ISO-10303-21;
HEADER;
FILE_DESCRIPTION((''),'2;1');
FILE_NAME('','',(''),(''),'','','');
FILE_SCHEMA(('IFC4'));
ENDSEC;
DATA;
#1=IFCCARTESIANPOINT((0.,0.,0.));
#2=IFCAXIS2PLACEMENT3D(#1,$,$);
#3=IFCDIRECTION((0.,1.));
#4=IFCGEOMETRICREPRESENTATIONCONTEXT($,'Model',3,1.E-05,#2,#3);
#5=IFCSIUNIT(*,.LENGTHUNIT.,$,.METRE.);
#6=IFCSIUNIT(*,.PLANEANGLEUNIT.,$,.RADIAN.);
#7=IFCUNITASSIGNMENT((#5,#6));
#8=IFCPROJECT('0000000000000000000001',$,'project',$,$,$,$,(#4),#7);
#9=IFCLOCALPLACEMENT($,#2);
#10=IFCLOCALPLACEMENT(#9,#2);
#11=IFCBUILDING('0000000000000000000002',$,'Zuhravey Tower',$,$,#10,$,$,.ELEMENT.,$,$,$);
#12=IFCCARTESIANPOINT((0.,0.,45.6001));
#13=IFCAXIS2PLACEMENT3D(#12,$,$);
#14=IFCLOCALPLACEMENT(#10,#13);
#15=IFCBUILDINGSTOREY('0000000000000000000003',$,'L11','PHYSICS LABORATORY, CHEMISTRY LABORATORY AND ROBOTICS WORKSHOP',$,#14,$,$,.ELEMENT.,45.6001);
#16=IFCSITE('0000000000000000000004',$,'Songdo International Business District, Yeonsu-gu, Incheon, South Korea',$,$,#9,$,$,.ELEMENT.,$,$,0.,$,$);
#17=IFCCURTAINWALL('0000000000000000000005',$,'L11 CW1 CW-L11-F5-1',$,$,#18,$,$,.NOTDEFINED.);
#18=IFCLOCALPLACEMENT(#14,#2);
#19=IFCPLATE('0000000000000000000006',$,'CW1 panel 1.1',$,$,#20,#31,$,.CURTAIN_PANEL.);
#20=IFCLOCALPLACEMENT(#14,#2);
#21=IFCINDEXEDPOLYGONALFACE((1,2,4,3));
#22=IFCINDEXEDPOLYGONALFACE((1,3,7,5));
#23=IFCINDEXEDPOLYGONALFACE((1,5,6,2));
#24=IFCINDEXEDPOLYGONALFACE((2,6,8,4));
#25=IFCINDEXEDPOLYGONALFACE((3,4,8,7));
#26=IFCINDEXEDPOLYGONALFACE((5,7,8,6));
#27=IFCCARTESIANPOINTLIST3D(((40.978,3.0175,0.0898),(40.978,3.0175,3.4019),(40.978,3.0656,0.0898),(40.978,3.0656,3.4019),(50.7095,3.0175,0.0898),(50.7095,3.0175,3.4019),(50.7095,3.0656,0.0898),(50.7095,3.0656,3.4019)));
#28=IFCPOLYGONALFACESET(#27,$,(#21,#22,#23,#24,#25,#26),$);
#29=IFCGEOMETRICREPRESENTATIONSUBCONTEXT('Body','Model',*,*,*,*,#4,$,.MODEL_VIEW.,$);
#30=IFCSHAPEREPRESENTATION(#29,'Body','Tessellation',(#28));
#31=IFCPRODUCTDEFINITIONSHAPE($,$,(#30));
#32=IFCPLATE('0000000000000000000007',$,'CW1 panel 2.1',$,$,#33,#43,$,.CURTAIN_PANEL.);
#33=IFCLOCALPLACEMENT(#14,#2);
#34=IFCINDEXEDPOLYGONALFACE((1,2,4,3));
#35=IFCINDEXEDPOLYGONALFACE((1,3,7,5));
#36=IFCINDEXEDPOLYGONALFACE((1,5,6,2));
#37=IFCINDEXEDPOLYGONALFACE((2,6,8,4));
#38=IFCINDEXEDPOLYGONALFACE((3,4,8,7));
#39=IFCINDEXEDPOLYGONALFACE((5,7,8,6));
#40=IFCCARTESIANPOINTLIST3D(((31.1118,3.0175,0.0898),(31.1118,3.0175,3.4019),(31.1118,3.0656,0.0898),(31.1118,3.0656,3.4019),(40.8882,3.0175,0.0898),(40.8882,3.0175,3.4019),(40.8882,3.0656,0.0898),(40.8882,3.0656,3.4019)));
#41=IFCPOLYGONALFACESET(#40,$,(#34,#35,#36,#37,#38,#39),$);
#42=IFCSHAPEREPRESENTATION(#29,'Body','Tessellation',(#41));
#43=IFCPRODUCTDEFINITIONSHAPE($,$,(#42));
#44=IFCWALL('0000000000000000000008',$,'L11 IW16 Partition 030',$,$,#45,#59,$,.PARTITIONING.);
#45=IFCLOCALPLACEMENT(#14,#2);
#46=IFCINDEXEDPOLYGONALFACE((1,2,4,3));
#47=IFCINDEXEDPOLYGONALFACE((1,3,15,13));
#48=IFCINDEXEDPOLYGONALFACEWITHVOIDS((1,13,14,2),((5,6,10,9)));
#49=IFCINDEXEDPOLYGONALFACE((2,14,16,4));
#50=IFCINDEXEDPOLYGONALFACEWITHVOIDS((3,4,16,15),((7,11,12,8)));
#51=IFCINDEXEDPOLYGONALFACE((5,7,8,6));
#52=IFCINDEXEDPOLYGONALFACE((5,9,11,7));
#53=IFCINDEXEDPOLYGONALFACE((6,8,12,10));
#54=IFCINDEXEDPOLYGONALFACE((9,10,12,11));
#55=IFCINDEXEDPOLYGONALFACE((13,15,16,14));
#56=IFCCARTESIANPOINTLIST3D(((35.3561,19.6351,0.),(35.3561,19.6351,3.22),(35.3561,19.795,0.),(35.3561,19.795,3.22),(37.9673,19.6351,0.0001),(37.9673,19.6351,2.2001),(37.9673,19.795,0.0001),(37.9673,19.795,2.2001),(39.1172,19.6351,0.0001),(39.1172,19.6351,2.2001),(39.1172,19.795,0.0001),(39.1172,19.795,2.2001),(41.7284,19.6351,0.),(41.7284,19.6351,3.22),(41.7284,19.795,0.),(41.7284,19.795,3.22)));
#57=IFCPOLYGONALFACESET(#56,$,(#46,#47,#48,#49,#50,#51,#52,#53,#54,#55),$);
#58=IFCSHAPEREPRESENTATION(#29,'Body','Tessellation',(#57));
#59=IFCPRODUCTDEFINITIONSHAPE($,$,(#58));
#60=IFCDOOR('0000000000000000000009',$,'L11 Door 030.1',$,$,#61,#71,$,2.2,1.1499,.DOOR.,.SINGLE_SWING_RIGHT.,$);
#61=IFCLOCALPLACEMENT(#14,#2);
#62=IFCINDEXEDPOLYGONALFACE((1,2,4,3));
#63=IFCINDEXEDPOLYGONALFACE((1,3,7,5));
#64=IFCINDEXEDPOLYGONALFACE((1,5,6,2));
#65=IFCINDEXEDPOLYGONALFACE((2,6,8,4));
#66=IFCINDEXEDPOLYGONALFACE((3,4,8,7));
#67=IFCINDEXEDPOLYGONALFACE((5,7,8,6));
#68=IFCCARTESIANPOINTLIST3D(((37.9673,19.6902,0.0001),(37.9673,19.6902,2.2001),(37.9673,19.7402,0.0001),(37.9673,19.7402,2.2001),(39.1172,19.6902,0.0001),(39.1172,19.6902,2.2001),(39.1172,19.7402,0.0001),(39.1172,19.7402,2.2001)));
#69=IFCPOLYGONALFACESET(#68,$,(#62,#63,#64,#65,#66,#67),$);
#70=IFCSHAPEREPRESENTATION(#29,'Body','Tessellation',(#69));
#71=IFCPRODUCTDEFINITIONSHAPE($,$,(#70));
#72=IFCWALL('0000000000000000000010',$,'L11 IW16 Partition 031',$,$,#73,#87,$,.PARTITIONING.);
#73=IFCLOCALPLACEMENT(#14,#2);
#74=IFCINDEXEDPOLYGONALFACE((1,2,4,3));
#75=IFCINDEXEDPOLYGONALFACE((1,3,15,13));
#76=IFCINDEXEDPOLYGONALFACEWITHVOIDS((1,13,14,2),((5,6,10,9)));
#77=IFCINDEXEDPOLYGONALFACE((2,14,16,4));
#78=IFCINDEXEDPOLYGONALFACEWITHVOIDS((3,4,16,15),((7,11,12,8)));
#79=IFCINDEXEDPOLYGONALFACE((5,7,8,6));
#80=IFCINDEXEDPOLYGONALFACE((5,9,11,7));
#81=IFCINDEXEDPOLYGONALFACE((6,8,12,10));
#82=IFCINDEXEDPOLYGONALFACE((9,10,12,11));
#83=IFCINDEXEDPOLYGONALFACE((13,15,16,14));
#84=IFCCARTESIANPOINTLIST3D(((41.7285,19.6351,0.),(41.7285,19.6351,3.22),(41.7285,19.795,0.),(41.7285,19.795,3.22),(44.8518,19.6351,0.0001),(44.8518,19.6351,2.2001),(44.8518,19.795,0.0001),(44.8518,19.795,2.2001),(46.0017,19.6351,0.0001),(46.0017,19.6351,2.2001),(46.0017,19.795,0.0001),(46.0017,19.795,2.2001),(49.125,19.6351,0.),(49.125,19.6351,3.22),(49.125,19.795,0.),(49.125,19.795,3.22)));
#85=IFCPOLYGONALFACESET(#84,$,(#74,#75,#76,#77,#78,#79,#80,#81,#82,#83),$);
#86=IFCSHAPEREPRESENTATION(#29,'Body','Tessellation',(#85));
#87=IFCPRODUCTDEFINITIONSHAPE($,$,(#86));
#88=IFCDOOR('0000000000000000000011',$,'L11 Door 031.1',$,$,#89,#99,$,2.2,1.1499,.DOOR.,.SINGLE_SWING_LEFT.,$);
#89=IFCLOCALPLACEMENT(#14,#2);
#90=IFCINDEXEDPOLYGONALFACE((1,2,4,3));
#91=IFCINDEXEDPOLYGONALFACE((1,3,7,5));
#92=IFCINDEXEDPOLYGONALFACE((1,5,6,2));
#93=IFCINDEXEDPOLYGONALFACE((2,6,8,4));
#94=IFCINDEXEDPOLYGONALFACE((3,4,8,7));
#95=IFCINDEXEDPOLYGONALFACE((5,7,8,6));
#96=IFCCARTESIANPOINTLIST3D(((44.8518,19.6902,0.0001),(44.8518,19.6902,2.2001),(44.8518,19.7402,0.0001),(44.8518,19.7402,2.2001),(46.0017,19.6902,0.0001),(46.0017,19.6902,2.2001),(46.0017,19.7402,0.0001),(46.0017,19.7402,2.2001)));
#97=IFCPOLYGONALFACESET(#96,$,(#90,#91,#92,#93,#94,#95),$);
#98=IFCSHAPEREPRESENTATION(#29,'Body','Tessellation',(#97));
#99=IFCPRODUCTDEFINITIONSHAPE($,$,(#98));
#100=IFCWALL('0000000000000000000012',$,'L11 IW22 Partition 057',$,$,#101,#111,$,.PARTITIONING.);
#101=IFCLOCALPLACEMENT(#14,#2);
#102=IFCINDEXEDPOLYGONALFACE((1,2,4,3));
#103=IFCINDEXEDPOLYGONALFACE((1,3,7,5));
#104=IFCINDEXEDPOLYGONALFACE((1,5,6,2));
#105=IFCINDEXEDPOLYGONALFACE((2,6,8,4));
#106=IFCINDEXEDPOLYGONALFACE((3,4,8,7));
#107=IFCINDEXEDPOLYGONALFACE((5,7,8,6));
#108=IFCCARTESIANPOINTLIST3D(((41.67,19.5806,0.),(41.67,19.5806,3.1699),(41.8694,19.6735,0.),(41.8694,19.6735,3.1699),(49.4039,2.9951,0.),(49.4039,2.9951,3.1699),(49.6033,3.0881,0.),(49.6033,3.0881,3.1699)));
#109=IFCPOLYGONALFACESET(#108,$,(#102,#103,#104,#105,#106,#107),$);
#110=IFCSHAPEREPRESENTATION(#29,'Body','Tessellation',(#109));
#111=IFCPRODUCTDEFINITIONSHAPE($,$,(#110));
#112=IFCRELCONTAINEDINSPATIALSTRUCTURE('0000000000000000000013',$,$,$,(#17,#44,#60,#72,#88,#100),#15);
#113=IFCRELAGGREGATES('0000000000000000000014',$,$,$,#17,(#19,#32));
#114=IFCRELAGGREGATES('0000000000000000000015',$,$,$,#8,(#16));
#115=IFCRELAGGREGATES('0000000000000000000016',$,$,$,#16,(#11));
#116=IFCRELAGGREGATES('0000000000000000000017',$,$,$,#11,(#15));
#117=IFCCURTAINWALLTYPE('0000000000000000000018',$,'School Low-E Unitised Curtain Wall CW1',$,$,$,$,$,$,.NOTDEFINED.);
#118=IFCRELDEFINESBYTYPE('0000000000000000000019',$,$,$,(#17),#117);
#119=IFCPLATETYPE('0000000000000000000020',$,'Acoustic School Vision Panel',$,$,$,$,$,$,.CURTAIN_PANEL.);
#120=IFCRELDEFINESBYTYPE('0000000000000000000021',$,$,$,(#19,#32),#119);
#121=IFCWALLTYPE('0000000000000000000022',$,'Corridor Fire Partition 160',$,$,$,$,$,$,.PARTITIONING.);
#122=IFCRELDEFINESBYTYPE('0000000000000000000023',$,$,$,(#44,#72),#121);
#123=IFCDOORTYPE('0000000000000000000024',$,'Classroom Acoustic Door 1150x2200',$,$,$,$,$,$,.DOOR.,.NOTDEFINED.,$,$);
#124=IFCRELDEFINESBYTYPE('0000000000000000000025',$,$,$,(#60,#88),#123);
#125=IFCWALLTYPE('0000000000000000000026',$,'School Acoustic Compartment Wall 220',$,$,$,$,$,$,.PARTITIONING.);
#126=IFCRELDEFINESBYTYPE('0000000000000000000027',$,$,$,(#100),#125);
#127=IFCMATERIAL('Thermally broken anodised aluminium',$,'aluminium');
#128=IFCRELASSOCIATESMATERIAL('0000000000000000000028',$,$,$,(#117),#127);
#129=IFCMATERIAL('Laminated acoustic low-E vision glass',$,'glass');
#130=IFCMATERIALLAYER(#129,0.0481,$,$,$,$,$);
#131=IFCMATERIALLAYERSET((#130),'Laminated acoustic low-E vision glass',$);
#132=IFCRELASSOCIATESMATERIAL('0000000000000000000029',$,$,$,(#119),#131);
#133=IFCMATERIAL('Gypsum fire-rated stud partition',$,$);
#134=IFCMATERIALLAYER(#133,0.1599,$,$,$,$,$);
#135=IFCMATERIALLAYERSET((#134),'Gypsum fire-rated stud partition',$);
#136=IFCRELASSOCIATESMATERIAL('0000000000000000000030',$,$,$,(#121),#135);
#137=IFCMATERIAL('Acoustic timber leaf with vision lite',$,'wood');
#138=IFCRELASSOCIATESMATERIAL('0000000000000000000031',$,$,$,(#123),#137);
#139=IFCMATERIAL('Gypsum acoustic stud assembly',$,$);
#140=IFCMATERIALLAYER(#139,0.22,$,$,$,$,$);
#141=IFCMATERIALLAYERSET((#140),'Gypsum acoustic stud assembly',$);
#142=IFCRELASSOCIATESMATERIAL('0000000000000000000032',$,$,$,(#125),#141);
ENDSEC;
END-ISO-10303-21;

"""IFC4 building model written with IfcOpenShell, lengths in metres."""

from ifc_helpers import new_model, si_unit, direction, frame, frame_2d, origin, origin_2d, place, context, subcontext, project, spatial, rectangle, extrude, material, layer, layer_set, type_object, element, fill, aggregate, save


model = new_model("IFC4")

# Units and contexts
model_context = context("Model", 3, precision=1e-05, world=origin(), true_north=direction((0.0, 1.0)))
body_context = subcontext(model_context, "Body", "Model", "MODEL_VIEW")
ifc_project = project(units=[si_unit("LENGTHUNIT", "METRE"), si_unit("PLANEANGLEUNIT", "RADIAN")], contexts=[model_context])

# Site, building, storey
site_placement = place(None, origin())
site = spatial("IfcSite", under=ifc_project, at=site_placement, Name="Songdo International Business District, Yeonsu-gu, Incheon, South Korea", CompositionType="ELEMENT", RefElevation=0.0)
building_placement = place(site_placement, origin())
building = spatial("IfcBuilding", under=site, at=building_placement, Name="Zuhravey Tower", CompositionType="ELEMENT")
storey_placement = place(building_placement, frame((0.0, 0.0, 45.6001)))
storey = spatial("IfcBuildingStorey", under=building, at=storey_placement, Name="L11", Description="PHYSICS LABORATORY, CHEMISTRY LABORATORY AND ROBOTICS WORKSHOP", CompositionType="ELEMENT", Elevation=45.6001)

# Curtain wall
ifc_material_1 = material(Name="Thermally broken anodised aluminium", Category="aluminium")
curtain_wall_type = type_object("IfcCurtainWallType", Name="School Low-E Unitised Curtain Wall CW1", PredefinedType="NOTDEFINED", material=ifc_material_1)
curtain_wall_placement = place(storey_placement, origin())
curtain_wall = element("IfcCurtainWall", 1, at=curtain_wall_placement, inside=storey, type_object=curtain_wall_type, Name="L11 CW1 CW-L11-F5-1", PredefinedType="NOTDEFINED")

# Plates
ifc_material_2 = material(Name="Laminated acoustic low-E vision glass", Category="glass")
ifc_layer_1 = layer(ifc_material_2, 0.0481)
ifc_layer_set_1 = layer_set([ifc_layer_1], Name="Laminated acoustic low-E vision glass")
plate_type = type_object("IfcPlateType", Name="Acoustic School Vision Panel", PredefinedType="CURTAIN_PANEL", material=ifc_layer_set_1)
plate_1_placement = place(storey_placement, frame((45.8438, 3.0415, 0.0898), z_axis=(0.0, 0.0, 1.0), x_axis=(-1.0, 0.0, 0.0)))
plate_1 = element("IfcPlate", 2, at=plate_1_placement, type_object=plate_type, Name="CW1 panel 1.1", PredefinedType="CURTAIN_PANEL", context=body_context, shape_type="SweptSolid", body=[
    extrude(rectangle(XDim=9.7314, YDim=0.0481, at=origin_2d()), origin(), (0.0, 0.0, 1.0), 3.312),
])
plate_2_placement = place(storey_placement, frame((36.0, 3.0415, 0.0898), z_axis=(0.0, 0.0, 1.0), x_axis=(-1.0, 0.0, 0.0)))
plate_2 = element("IfcPlate", 3, at=plate_2_placement, type_object=plate_type, Name="CW1 panel 2.1", PredefinedType="CURTAIN_PANEL", context=body_context, shape_type="SweptSolid", body=[
    extrude(rectangle(XDim=9.7764, YDim=0.0481, at=origin_2d()), origin(), (0.0, 0.0, 1.0), 3.312),
])
aggregate(curtain_wall, [plate_1, plate_2])

# Walls, openings, doors
ifc_material_3 = material(Name="Gypsum fire-rated stud partition")
ifc_layer_2 = layer(ifc_material_3, 0.1599)
ifc_layer_set_2 = layer_set([ifc_layer_2], Name="Gypsum fire-rated stud partition")
wall_type_1 = type_object("IfcWallType", Name="Corridor Fire Partition 160", PredefinedType="PARTITIONING", material=ifc_layer_set_2)
wall_1_placement = place(storey_placement, frame((35.3562, 19.7151, 0.0), z_axis=(0.0, 0.0, 1.0), x_axis=(1.0, 0.0, 0.0)))
wall_1 = element("IfcWall", 4, at=wall_1_placement, inside=storey, type_object=wall_type_1, Name="L11 IW16 Partition 030", PredefinedType="PARTITIONING", context=body_context, shape_type="SweptSolid", body=[
    extrude(rectangle(XDim=6.3723, YDim=0.1599, at=frame_2d((3.186, 0.0))), origin(), (0.0, 0.0, 1.0), 3.22),
])
opening_1_placement = place(wall_1_placement, frame((2.6111, 0.0, 0.0)))
opening_1 = element("IfcOpeningElement", 5, at=opening_1_placement, cuts=wall_1, PredefinedType="OPENING", context=body_context, shape_type="SweptSolid", body=[
    extrude(rectangle(XDim=1.1499, YDim=2.2, at=frame_2d((0.575, 1.1001))), frame((0.0, 0.092, 0.0), z_axis=(0.0, -1.0, 0.0), x_axis=(1.0, 0.0, 0.0)), (0.0, 0.0, 1.0), 0.1838),
])
ifc_material_4 = material(Name="Acoustic timber leaf with vision lite", Category="wood")
door_type_1 = type_object("IfcDoorType", Name="Classroom Acoustic Door 1150x2200", OperationType="NOTDEFINED", PredefinedType="DOOR", material=ifc_material_4)
door_1_placement = place(opening_1_placement, frame((1.1499, 0.0, 0.0), z_axis=(0.0, 0.0, 1.0), x_axis=(-1.0, 0.0, 0.0)))
door_1 = element("IfcDoor", 6, at=door_1_placement, inside=storey, type_object=door_type_1, Name="L11 Door 030.1", OperationType="SINGLE_SWING_RIGHT", OverallHeight=2.2, OverallWidth=1.1499, PredefinedType="DOOR", context=body_context, shape_type="SweptSolid", body=[
    extrude(rectangle(XDim=1.1499, YDim=2.2, at=frame_2d((0.575, 1.1001))), frame((0.0, 0.0249, 0.0), z_axis=(0.0, -1.0, 0.0), x_axis=(1.0, 0.0, 0.0)), (0.0, 0.0, 1.0), 0.05),
])
fill(opening_1, door_1)
wall_2_placement = place(storey_placement, frame((41.7285, 19.7151, 0.0), z_axis=(0.0, 0.0, 1.0), x_axis=(1.0, 0.0, 0.0)))
wall_2 = element("IfcWall", 7, at=wall_2_placement, inside=storey, type_object=wall_type_1, Name="L11 IW16 Partition 031", PredefinedType="PARTITIONING", context=body_context, shape_type="SweptSolid", body=[
    extrude(rectangle(XDim=7.3965, YDim=0.1599, at=frame_2d((3.6982, 0.0))), origin(), (0.0, 0.0, 1.0), 3.22),
])
opening_2_placement = place(wall_2_placement, frame((3.1233, 0.0, 0.0)))
opening_2 = element("IfcOpeningElement", 8, at=opening_2_placement, cuts=wall_2, PredefinedType="OPENING", context=body_context, shape_type="SweptSolid", body=[
    extrude(rectangle(XDim=1.1499, YDim=2.2, at=frame_2d((0.575, 1.1001))), frame((0.0, 0.092, 0.0), z_axis=(0.0, -1.0, 0.0), x_axis=(1.0, 0.0, 0.0)), (0.0, 0.0, 1.0), 0.1838),
])
door_2_placement = place(opening_2_placement, frame((1.1499, 0.0, 0.0), z_axis=(0.0, 0.0, 1.0), x_axis=(-1.0, 0.0, 0.0)))
door_2 = element("IfcDoor", 9, at=door_2_placement, inside=storey, type_object=door_type_1, Name="L11 Door 031.1", OperationType="SINGLE_SWING_LEFT", OverallHeight=2.2, OverallWidth=1.1499, PredefinedType="DOOR", context=body_context, shape_type="SweptSolid", body=[
    extrude(rectangle(XDim=1.1499, YDim=2.2, at=frame_2d((0.575, 1.1001))), frame((0.0, 0.0249, 0.0), z_axis=(0.0, -1.0, 0.0), x_axis=(1.0, 0.0, 0.0)), (0.0, 0.0, 1.0), 0.05),
])
fill(opening_2, door_2)

# Wall
ifc_material_5 = material(Name="Gypsum acoustic stud assembly")
ifc_layer_3 = layer(ifc_material_5, 0.22)
ifc_layer_set_3 = layer_set([ifc_layer_3], Name="Gypsum acoustic stud assembly")
wall_type_2 = type_object("IfcWallType", Name="School Acoustic Compartment Wall 220", PredefinedType="PARTITIONING", material=ifc_layer_set_3)
wall_3_placement = place(storey_placement, frame((41.7698, 19.627, 0.0), z_axis=(0.0, 0.0, 1.0), x_axis=(0.422617, -0.906309, 0.0)))
element("IfcWall", 10, at=wall_3_placement, inside=storey, type_object=wall_type_2, Name="L11 IW22 Partition 057", PredefinedType="PARTITIONING", context=body_context, shape_type="SweptSolid", body=[
    extrude(rectangle(XDim=18.3, YDim=0.22, at=frame_2d((9.1499, 0.0))), origin(), (0.0, 0.0, 1.0), 3.1699),
])

save(model, "model.ifc")
